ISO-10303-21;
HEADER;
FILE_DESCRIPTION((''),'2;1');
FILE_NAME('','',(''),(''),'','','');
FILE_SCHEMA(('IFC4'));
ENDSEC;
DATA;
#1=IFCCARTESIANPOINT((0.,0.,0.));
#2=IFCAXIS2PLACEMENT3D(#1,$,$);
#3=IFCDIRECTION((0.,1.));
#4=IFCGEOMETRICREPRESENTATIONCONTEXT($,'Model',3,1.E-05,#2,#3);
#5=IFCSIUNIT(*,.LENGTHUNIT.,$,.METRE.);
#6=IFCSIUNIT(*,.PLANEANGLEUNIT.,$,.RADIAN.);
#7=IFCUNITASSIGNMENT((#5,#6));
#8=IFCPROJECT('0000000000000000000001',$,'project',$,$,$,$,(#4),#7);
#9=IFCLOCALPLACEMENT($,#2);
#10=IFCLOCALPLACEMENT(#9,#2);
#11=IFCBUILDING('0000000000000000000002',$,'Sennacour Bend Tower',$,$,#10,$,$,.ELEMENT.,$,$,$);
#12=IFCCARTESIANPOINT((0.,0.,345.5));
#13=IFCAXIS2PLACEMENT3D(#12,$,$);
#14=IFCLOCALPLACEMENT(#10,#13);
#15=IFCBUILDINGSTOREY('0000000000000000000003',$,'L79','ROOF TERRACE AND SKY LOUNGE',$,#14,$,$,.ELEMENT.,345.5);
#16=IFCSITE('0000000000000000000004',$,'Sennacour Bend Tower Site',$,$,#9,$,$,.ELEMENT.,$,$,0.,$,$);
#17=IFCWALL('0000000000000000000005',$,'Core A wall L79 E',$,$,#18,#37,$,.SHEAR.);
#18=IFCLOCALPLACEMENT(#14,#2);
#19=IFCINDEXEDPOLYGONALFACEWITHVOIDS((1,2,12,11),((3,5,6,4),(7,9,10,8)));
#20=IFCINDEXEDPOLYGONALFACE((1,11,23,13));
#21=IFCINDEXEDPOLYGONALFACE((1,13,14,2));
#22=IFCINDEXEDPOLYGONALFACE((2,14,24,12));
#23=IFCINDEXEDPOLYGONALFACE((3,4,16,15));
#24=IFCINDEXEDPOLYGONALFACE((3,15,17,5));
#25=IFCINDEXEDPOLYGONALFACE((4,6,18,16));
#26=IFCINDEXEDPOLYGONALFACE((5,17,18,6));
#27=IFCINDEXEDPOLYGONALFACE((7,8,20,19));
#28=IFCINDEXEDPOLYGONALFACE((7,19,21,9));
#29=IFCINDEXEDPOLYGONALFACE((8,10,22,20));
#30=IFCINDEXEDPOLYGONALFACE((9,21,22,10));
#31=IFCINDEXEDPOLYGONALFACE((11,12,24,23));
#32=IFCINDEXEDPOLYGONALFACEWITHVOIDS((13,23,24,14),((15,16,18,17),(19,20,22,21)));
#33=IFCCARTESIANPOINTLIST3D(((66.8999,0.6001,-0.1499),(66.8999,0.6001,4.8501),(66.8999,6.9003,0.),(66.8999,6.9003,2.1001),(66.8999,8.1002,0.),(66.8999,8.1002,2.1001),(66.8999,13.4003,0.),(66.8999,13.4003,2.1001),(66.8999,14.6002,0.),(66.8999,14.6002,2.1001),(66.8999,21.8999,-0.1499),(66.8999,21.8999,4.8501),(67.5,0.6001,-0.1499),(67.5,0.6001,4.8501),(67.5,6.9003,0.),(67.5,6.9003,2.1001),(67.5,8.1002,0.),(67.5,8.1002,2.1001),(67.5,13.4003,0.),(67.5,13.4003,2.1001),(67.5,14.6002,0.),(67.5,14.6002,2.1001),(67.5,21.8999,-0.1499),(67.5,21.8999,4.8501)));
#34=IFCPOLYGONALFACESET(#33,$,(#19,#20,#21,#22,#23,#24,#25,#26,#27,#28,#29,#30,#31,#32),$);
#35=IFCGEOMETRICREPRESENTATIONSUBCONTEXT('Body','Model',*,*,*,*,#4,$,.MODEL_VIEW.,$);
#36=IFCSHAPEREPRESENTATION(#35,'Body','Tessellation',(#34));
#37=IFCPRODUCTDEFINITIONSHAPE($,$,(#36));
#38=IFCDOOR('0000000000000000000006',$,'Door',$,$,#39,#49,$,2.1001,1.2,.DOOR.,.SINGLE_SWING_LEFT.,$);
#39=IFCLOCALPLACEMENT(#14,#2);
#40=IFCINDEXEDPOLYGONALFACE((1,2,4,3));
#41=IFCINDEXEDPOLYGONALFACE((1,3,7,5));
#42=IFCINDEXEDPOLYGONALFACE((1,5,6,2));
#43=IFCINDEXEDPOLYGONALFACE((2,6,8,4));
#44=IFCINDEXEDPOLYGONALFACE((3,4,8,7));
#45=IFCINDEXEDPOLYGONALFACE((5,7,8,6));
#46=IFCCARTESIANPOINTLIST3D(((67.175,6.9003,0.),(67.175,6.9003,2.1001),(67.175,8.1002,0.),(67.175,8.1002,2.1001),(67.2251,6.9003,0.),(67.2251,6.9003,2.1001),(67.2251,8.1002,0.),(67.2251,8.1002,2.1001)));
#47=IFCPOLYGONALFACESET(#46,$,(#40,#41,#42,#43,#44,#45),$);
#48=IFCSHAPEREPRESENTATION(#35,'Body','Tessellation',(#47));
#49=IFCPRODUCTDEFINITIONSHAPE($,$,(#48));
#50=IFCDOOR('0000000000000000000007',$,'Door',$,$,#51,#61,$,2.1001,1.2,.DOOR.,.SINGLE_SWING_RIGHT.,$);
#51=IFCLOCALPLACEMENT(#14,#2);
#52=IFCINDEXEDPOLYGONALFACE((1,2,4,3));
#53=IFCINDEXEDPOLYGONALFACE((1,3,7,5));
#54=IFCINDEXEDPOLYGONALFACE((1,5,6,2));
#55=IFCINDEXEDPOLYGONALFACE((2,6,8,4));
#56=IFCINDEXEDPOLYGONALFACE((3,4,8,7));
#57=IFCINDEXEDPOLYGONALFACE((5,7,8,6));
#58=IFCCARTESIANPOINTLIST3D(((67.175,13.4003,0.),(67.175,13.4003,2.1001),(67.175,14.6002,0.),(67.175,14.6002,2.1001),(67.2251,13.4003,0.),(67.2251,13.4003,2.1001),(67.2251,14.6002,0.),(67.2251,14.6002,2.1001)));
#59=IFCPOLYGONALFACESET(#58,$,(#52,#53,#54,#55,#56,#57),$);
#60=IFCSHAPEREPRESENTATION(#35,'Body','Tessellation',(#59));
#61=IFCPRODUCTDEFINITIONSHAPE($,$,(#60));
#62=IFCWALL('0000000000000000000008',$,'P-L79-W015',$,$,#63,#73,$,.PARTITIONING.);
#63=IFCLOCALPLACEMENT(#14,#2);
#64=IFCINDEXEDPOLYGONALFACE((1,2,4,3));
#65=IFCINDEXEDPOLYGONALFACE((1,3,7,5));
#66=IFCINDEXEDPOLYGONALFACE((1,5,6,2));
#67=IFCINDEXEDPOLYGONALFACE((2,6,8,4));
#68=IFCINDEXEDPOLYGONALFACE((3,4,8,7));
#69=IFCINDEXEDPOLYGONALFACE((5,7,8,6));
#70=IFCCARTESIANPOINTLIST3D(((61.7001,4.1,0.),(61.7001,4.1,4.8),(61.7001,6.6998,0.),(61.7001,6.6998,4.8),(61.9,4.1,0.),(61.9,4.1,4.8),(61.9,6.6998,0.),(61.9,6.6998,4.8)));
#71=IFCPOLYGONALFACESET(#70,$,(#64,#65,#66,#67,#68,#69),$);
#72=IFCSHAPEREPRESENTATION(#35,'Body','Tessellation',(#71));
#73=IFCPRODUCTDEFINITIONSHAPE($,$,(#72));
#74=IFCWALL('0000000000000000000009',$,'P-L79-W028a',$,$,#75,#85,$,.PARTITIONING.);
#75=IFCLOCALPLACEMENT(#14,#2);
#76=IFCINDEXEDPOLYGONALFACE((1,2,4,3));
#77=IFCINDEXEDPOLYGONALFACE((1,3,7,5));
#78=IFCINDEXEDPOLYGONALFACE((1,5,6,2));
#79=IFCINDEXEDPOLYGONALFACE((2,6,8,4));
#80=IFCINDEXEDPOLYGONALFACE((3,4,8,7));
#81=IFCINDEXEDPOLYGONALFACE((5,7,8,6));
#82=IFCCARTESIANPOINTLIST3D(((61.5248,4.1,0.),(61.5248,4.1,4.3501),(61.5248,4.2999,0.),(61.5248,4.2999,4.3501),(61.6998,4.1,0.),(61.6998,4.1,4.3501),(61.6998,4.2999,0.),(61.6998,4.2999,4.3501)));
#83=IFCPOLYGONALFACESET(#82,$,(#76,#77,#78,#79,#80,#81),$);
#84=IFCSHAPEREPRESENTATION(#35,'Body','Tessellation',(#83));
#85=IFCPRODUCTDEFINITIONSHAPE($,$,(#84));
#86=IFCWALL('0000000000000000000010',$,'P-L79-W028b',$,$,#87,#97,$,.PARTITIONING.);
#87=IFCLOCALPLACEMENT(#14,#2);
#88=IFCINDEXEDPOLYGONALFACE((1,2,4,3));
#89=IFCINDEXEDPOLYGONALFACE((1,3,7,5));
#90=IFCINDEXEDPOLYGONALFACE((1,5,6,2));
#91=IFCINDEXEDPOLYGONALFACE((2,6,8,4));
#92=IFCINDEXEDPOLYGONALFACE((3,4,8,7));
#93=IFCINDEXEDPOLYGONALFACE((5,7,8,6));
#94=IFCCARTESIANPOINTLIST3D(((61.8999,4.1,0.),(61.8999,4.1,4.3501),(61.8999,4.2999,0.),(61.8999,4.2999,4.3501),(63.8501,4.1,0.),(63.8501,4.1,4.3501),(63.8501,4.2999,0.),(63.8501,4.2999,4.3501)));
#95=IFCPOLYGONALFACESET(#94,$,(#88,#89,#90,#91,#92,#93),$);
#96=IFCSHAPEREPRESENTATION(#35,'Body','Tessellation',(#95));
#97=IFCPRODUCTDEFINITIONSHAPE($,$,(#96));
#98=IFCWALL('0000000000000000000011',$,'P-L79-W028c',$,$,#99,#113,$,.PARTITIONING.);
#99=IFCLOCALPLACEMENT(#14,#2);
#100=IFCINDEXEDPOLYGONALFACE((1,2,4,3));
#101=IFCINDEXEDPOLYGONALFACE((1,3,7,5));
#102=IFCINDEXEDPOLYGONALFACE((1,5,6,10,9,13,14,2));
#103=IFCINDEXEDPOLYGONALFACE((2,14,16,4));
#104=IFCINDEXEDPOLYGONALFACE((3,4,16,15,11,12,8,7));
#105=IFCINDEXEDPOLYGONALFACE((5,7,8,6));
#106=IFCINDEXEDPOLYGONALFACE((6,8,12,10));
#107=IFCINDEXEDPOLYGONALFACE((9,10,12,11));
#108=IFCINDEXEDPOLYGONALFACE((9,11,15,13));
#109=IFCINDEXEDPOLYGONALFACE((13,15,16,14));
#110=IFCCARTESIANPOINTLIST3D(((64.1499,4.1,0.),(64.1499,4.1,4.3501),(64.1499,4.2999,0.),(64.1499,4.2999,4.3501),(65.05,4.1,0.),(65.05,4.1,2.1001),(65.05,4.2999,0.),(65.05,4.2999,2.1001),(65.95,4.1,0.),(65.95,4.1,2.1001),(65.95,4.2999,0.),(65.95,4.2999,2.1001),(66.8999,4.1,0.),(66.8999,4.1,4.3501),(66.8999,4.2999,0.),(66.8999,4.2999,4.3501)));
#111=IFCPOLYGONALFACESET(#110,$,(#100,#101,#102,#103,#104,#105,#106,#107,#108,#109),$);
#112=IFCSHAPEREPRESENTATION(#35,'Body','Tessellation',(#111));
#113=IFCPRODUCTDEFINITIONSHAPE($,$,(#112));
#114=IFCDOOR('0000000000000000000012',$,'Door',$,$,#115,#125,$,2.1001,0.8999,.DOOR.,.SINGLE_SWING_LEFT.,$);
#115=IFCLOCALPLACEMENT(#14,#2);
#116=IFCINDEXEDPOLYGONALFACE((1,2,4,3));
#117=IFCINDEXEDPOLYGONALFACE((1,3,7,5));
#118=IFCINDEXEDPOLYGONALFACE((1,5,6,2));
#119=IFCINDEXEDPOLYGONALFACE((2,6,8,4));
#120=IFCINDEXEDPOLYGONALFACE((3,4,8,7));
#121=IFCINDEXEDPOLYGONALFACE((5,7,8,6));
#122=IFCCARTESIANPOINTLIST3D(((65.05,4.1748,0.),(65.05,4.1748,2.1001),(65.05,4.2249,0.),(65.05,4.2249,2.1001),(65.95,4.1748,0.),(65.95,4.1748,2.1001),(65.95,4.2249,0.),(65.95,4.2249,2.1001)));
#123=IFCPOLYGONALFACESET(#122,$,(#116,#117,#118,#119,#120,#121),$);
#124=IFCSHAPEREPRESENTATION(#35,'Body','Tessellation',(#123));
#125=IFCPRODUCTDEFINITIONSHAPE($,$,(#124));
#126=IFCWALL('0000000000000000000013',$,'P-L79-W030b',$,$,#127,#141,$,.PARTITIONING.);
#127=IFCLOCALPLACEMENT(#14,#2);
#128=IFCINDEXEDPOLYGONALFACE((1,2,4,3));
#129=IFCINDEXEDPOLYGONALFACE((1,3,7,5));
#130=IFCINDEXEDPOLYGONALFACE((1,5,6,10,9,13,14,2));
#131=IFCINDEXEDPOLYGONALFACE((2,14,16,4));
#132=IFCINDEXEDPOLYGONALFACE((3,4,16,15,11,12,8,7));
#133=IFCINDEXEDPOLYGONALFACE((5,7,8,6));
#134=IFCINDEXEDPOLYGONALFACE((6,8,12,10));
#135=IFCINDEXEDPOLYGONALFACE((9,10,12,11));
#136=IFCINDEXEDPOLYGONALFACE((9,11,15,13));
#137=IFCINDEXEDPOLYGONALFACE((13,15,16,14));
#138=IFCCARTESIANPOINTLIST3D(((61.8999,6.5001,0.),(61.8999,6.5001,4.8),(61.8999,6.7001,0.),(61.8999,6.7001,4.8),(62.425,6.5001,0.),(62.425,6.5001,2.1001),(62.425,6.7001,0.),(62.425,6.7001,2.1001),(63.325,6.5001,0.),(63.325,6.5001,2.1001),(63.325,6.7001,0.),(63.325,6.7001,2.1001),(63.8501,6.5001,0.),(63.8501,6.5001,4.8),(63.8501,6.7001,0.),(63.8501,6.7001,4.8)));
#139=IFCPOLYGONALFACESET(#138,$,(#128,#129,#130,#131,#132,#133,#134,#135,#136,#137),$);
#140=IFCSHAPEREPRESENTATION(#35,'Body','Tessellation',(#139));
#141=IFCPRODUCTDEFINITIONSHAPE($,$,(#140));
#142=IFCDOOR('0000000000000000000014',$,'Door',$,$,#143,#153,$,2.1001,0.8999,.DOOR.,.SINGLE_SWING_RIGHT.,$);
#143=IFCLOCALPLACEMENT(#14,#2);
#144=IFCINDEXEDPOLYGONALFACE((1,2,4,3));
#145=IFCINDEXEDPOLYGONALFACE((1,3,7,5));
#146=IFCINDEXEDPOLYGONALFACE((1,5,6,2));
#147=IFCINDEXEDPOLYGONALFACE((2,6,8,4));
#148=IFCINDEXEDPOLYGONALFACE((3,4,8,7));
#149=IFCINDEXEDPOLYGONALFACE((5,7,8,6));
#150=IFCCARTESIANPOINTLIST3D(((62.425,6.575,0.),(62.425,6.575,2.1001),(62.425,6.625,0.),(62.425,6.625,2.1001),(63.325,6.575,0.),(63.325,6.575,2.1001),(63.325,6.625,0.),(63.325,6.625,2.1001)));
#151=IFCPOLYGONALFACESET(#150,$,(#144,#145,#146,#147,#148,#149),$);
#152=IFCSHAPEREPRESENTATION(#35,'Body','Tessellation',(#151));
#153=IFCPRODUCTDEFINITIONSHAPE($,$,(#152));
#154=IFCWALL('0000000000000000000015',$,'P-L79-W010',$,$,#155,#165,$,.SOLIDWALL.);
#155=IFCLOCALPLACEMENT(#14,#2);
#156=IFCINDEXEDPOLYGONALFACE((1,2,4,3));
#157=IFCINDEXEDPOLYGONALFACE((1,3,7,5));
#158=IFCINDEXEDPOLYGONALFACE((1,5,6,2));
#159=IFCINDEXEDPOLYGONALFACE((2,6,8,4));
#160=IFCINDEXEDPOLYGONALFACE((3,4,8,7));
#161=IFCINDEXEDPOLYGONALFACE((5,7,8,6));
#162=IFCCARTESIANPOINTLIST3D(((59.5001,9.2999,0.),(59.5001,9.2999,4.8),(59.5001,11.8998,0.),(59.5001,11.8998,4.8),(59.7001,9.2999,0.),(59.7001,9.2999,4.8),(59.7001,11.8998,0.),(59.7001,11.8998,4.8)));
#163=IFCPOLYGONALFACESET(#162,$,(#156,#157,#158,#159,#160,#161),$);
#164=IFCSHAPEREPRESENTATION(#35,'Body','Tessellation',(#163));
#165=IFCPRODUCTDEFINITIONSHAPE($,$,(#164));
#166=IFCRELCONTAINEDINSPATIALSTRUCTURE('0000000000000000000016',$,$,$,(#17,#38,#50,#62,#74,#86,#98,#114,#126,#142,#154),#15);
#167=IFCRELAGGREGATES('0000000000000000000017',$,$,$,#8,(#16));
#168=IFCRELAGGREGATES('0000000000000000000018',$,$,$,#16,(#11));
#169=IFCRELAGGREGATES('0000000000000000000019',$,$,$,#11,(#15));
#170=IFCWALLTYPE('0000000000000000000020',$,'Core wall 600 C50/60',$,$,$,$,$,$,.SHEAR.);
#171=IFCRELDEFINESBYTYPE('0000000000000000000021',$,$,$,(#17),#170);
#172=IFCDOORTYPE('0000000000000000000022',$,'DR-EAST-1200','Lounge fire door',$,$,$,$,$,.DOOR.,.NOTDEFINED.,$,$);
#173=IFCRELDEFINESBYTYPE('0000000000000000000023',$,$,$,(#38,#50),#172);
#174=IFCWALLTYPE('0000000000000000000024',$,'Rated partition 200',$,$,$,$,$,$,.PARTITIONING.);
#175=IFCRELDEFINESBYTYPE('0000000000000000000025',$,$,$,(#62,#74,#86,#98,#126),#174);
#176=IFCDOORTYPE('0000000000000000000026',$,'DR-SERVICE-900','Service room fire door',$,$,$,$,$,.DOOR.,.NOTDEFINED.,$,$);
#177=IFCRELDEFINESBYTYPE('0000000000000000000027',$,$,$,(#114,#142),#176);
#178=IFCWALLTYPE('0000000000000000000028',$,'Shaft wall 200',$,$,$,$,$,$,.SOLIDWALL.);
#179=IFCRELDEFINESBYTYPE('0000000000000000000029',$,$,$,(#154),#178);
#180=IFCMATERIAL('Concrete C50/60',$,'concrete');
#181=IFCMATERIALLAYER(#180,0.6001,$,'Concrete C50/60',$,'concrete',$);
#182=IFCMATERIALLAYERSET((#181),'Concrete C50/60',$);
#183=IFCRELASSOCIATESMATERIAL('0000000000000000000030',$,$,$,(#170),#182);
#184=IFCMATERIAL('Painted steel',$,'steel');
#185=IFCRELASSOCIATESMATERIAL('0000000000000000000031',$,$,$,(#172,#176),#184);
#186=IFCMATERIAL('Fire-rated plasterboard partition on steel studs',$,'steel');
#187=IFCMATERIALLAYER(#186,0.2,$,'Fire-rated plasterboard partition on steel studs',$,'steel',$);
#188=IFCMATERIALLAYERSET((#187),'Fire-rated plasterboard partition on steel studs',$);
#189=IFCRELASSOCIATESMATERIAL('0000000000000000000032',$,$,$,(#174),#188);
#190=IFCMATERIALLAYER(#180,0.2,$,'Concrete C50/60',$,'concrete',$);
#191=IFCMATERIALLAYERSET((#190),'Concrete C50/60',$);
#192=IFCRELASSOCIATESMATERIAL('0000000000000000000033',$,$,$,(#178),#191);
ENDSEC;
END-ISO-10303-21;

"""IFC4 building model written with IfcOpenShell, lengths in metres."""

from ifc_helpers import new_model, si_unit, direction, frame, frame_2d, origin, place, context, subcontext, project, spatial, rectangle, extrude, material, layer, layer_set, type_object, element, fill, save


model = new_model("IFC4")

# Units and contexts
model_context = context("Model", 3, precision=1e-05, world=origin(), true_north=direction((0.0, 1.0)))
body_context = subcontext(model_context, "Body", "Model", "MODEL_VIEW")
ifc_project = project(units=[si_unit("LENGTHUNIT", "METRE"), si_unit("PLANEANGLEUNIT", "RADIAN")], contexts=[model_context])

# Site, building, storey
site_placement = place(None, origin())
site = spatial("IfcSite", under=ifc_project, at=site_placement, Name="Sennacour Bend Tower Site", CompositionType="ELEMENT", RefElevation=0.0)
building_placement = place(site_placement, origin())
building = spatial("IfcBuilding", under=site, at=building_placement, Name="Sennacour Bend Tower", CompositionType="ELEMENT")
storey_placement = place(building_placement, frame((0.0, 0.0, 345.5)))
storey = spatial("IfcBuildingStorey", under=building, at=storey_placement, Name="L79", Description="ROOF TERRACE AND SKY LOUNGE", CompositionType="ELEMENT", Elevation=345.5)

# Wall, openings, doors
ifc_material_1 = material(Name="Concrete C50/60", Category="concrete")
ifc_layer_1 = layer(ifc_material_1, 0.6001, Name="Concrete C50/60", Category="concrete")
ifc_layer_set_1 = layer_set([ifc_layer_1], Name="Concrete C50/60")
wall_type_1 = type_object("IfcWallType", Name="Core wall 600 C50/60", PredefinedType="SHEAR", material=ifc_layer_set_1)
wall_1_placement = place(storey_placement, frame((67.2, 0.6001, -0.1499), z_axis=(0.0, 0.0, 1.0), x_axis=(0.0, 1.0, 0.0)))
wall_1 = element("IfcWall", 1, at=wall_1_placement, inside=storey, type_object=wall_type_1, Name="Core A wall L79 E", PredefinedType="SHEAR", context=body_context, shape_type="SweptSolid", body=[
    extrude(rectangle(XDim=21.2998, YDim=0.6001, at=frame_2d((10.6499, 0.0))), origin(), (0.0, 0.0, 1.0), 5.0),
])
opening_1_placement = place(wall_1_placement, frame((6.3, 0.0, 0.1499)))
opening_1 = element("IfcOpeningElement", 2, at=opening_1_placement, cuts=wall_1, PredefinedType="OPENING", context=body_context, shape_type="SweptSolid", body=[
    extrude(rectangle(XDim=1.2, YDim=2.1001, at=frame_2d((0.6001, 1.05))), frame((0.0, 0.3101, 0.0), z_axis=(0.0, -1.0, 0.0), x_axis=(1.0, 0.0, 0.0)), (0.0, 0.0, 1.0), 0.6201),
])
opening_2_placement = place(wall_1_placement, frame((12.8, 0.0, 0.1499)))
opening_2 = element("IfcOpeningElement", 3, at=opening_2_placement, cuts=wall_1, PredefinedType="OPENING", context=body_context, shape_type="SweptSolid", body=[
    extrude(rectangle(XDim=1.2, YDim=2.1001, at=frame_2d((0.6001, 1.05))), frame((0.0, 0.3101, 0.0), z_axis=(0.0, -1.0, 0.0), x_axis=(1.0, 0.0, 0.0)), (0.0, 0.0, 1.0), 0.6201),
])
ifc_material_2 = material(Name="Painted steel", Category="steel")
door_type_1 = type_object("IfcDoorType", Name="DR-EAST-1200", Description="Lounge fire door", OperationType="NOTDEFINED", PredefinedType="DOOR", material=ifc_material_2)
door_1_placement = place(opening_1_placement, origin())
door_1 = element("IfcDoor", 4, at=door_1_placement, inside=storey, type_object=door_type_1, Name="Door", OperationType="SINGLE_SWING_LEFT", OverallHeight=2.1001, OverallWidth=1.2, PredefinedType="DOOR", context=body_context, shape_type="SweptSolid", body=[
    extrude(rectangle(XDim=1.2, YDim=2.1001, at=frame_2d((0.6001, 1.05))), frame((0.0, 0.0249, 0.0), z_axis=(0.0, -1.0, 0.0), x_axis=(1.0, 0.0, 0.0)), (0.0, 0.0, 1.0), 0.05),
])
fill(opening_1, door_1)
door_2_placement = place(opening_2_placement, origin())
door_2 = element("IfcDoor", 5, at=door_2_placement, inside=storey, type_object=door_type_1, Name="Door", OperationType="SINGLE_SWING_RIGHT", OverallHeight=2.1001, OverallWidth=1.2, PredefinedType="DOOR", context=body_context, shape_type="SweptSolid", body=[
    extrude(rectangle(XDim=1.2, YDim=2.1001, at=frame_2d((0.6001, 1.05))), frame((0.0, 0.0249, 0.0), z_axis=(0.0, -1.0, 0.0), x_axis=(1.0, 0.0, 0.0)), (0.0, 0.0, 1.0), 0.05),
])
fill(opening_2, door_2)

# Walls
ifc_material_3 = material(Name="Fire-rated plasterboard partition on steel studs", Category="steel")
ifc_layer_2 = layer(ifc_material_3, 0.2, Name="Fire-rated plasterboard partition on steel studs", Category="steel")
ifc_layer_set_2 = layer_set([ifc_layer_2], Name="Fire-rated plasterboard partition on steel studs")
wall_type_2 = type_object("IfcWallType", Name="Rated partition 200", PredefinedType="PARTITIONING", material=ifc_layer_set_2)
wall_2_placement = place(storey_placement, frame((61.8, 4.1001, 0.0), z_axis=(0.0, 0.0, 1.0), x_axis=(0.0, 1.0, 0.0)))
element("IfcWall", 6, at=wall_2_placement, inside=storey, type_object=wall_type_2, Name="P-L79-W015", PredefinedType="PARTITIONING", context=body_context, shape_type="SweptSolid", body=[
    extrude(rectangle(XDim=2.5999, YDim=0.2, at=frame_2d((1.2998, 0.0))), origin(), (0.0, 0.0, 1.0), 4.8),
])
wall_3_placement = place(storey_placement, frame((61.5249, 4.2, 0.0), z_axis=(0.0, 0.0, 1.0), x_axis=(1.0, 0.0, 0.0)))
element("IfcWall", 7, at=wall_3_placement, inside=storey, type_object=wall_type_2, Name="P-L79-W028a", PredefinedType="PARTITIONING", context=body_context, shape_type="SweptSolid", body=[
    extrude(rectangle(XDim=0.175, YDim=0.2, at=frame_2d((0.0874, 0.0))), origin(), (0.0, 0.0, 1.0), 4.3501),
])
wall_4_placement = place(storey_placement, frame((61.8999, 4.2, 0.0), z_axis=(0.0, 0.0, 1.0), x_axis=(1.0, 0.0, 0.0)))
element("IfcWall", 8, at=wall_4_placement, inside=storey, type_object=wall_type_2, Name="P-L79-W028b", PredefinedType="PARTITIONING", context=body_context, shape_type="SweptSolid", body=[
    extrude(rectangle(XDim=1.9502, YDim=0.2, at=frame_2d((0.9751, 0.0))), origin(), (0.0, 0.0, 1.0), 4.3501),
])

# Walls, openings, doors
wall_5_placement = place(storey_placement, frame((64.1499, 4.2, 0.0), z_axis=(0.0, 0.0, 1.0), x_axis=(1.0, 0.0, 0.0)))
wall_5 = element("IfcWall", 9, at=wall_5_placement, inside=storey, type_object=wall_type_2, Name="P-L79-W028c", PredefinedType="PARTITIONING", context=body_context, shape_type="SweptSolid", body=[
    extrude(rectangle(XDim=2.75, YDim=0.2, at=frame_2d((1.375, 0.0))), origin(), (0.0, 0.0, 1.0), 4.3501),
])
opening_3_placement = place(wall_5_placement, frame((0.9001, 0.0, 0.0)))
opening_3 = element("IfcOpeningElement", 10, at=opening_3_placement, cuts=wall_5, PredefinedType="OPENING", context=body_context, shape_type="SweptSolid", body=[
    extrude(rectangle(XDim=0.8999, YDim=2.1001, at=frame_2d((0.45, 1.05))), frame((0.0, 0.1099, 0.0), z_axis=(0.0, -1.0, 0.0), x_axis=(1.0, 0.0, 0.0)), (0.0, 0.0, 1.0), 0.22),
])
door_type_2 = type_object("IfcDoorType", Name="DR-SERVICE-900", Description="Service room fire door", OperationType="NOTDEFINED", PredefinedType="DOOR", material=ifc_material_2)
door_3_placement = place(opening_3_placement, origin())
door_3 = element("IfcDoor", 11, at=door_3_placement, inside=storey, type_object=door_type_2, Name="Door", OperationType="SINGLE_SWING_LEFT", OverallHeight=2.1001, OverallWidth=0.8999, PredefinedType="DOOR", context=body_context, shape_type="SweptSolid", body=[
    extrude(rectangle(XDim=0.8999, YDim=2.1001, at=frame_2d((0.45, 1.05))), frame((0.0, 0.0249, 0.0), z_axis=(0.0, -1.0, 0.0), x_axis=(1.0, 0.0, 0.0)), (0.0, 0.0, 1.0), 0.05),
])
fill(opening_3, door_3)
wall_6_placement = place(storey_placement, frame((61.8999, 6.6001, 0.0), z_axis=(0.0, 0.0, 1.0), x_axis=(1.0, 0.0, 0.0)))
wall_6 = element("IfcWall", 12, at=wall_6_placement, inside=storey, type_object=wall_type_2, Name="P-L79-W030b", PredefinedType="PARTITIONING", context=body_context, shape_type="SweptSolid", body=[
    extrude(rectangle(XDim=1.9502, YDim=0.2, at=frame_2d((0.9751, 0.0))), origin(), (0.0, 0.0, 1.0), 4.8),
])
opening_4_placement = place(wall_6_placement, frame((0.5251, 0.0, 0.0)))
opening_4 = element("IfcOpeningElement", 13, at=opening_4_placement, cuts=wall_6, PredefinedType="OPENING", context=body_context, shape_type="SweptSolid", body=[
    extrude(rectangle(XDim=0.8999, YDim=2.1001, at=frame_2d((0.45, 1.05))), frame((0.0, 0.1099, 0.0), z_axis=(0.0, -1.0, 0.0), x_axis=(1.0, 0.0, 0.0)), (0.0, 0.0, 1.0), 0.22),
])
door_4_placement = place(opening_4_placement, origin())
door_4 = element("IfcDoor", 14, at=door_4_placement, inside=storey, type_object=door_type_2, Name="Door", OperationType="SINGLE_SWING_RIGHT", OverallHeight=2.1001, OverallWidth=0.8999, PredefinedType="DOOR", context=body_context, shape_type="SweptSolid", body=[
    extrude(rectangle(XDim=0.8999, YDim=2.1001, at=frame_2d((0.45, 1.05))), frame((0.0, 0.0249, 0.0), z_axis=(0.0, -1.0, 0.0), x_axis=(1.0, 0.0, 0.0)), (0.0, 0.0, 1.0), 0.05),
])
fill(opening_4, door_4)

# Wall
ifc_layer_3 = layer(ifc_material_1, 0.2, Name="Concrete C50/60", Category="concrete")
ifc_layer_set_3 = layer_set([ifc_layer_3], Name="Concrete C50/60")
wall_type_3 = type_object("IfcWallType", Name="Shaft wall 200", PredefinedType="SOLIDWALL", material=ifc_layer_set_3)
wall_7_placement = place(storey_placement, frame((59.6001, 9.3, 0.0), z_axis=(0.0, 0.0, 1.0), x_axis=(0.0, 1.0, 0.0)))
element("IfcWall", 15, at=wall_7_placement, inside=storey, type_object=wall_type_3, Name="P-L79-W010", PredefinedType="SOLIDWALL", context=body_context, shape_type="SweptSolid", body=[
    extrude(rectangle(XDim=2.5999, YDim=0.2, at=frame_2d((1.2998, 0.0))), origin(), (0.0, 0.0, 1.0), 4.8),
])

save(model, "model.ifc")
